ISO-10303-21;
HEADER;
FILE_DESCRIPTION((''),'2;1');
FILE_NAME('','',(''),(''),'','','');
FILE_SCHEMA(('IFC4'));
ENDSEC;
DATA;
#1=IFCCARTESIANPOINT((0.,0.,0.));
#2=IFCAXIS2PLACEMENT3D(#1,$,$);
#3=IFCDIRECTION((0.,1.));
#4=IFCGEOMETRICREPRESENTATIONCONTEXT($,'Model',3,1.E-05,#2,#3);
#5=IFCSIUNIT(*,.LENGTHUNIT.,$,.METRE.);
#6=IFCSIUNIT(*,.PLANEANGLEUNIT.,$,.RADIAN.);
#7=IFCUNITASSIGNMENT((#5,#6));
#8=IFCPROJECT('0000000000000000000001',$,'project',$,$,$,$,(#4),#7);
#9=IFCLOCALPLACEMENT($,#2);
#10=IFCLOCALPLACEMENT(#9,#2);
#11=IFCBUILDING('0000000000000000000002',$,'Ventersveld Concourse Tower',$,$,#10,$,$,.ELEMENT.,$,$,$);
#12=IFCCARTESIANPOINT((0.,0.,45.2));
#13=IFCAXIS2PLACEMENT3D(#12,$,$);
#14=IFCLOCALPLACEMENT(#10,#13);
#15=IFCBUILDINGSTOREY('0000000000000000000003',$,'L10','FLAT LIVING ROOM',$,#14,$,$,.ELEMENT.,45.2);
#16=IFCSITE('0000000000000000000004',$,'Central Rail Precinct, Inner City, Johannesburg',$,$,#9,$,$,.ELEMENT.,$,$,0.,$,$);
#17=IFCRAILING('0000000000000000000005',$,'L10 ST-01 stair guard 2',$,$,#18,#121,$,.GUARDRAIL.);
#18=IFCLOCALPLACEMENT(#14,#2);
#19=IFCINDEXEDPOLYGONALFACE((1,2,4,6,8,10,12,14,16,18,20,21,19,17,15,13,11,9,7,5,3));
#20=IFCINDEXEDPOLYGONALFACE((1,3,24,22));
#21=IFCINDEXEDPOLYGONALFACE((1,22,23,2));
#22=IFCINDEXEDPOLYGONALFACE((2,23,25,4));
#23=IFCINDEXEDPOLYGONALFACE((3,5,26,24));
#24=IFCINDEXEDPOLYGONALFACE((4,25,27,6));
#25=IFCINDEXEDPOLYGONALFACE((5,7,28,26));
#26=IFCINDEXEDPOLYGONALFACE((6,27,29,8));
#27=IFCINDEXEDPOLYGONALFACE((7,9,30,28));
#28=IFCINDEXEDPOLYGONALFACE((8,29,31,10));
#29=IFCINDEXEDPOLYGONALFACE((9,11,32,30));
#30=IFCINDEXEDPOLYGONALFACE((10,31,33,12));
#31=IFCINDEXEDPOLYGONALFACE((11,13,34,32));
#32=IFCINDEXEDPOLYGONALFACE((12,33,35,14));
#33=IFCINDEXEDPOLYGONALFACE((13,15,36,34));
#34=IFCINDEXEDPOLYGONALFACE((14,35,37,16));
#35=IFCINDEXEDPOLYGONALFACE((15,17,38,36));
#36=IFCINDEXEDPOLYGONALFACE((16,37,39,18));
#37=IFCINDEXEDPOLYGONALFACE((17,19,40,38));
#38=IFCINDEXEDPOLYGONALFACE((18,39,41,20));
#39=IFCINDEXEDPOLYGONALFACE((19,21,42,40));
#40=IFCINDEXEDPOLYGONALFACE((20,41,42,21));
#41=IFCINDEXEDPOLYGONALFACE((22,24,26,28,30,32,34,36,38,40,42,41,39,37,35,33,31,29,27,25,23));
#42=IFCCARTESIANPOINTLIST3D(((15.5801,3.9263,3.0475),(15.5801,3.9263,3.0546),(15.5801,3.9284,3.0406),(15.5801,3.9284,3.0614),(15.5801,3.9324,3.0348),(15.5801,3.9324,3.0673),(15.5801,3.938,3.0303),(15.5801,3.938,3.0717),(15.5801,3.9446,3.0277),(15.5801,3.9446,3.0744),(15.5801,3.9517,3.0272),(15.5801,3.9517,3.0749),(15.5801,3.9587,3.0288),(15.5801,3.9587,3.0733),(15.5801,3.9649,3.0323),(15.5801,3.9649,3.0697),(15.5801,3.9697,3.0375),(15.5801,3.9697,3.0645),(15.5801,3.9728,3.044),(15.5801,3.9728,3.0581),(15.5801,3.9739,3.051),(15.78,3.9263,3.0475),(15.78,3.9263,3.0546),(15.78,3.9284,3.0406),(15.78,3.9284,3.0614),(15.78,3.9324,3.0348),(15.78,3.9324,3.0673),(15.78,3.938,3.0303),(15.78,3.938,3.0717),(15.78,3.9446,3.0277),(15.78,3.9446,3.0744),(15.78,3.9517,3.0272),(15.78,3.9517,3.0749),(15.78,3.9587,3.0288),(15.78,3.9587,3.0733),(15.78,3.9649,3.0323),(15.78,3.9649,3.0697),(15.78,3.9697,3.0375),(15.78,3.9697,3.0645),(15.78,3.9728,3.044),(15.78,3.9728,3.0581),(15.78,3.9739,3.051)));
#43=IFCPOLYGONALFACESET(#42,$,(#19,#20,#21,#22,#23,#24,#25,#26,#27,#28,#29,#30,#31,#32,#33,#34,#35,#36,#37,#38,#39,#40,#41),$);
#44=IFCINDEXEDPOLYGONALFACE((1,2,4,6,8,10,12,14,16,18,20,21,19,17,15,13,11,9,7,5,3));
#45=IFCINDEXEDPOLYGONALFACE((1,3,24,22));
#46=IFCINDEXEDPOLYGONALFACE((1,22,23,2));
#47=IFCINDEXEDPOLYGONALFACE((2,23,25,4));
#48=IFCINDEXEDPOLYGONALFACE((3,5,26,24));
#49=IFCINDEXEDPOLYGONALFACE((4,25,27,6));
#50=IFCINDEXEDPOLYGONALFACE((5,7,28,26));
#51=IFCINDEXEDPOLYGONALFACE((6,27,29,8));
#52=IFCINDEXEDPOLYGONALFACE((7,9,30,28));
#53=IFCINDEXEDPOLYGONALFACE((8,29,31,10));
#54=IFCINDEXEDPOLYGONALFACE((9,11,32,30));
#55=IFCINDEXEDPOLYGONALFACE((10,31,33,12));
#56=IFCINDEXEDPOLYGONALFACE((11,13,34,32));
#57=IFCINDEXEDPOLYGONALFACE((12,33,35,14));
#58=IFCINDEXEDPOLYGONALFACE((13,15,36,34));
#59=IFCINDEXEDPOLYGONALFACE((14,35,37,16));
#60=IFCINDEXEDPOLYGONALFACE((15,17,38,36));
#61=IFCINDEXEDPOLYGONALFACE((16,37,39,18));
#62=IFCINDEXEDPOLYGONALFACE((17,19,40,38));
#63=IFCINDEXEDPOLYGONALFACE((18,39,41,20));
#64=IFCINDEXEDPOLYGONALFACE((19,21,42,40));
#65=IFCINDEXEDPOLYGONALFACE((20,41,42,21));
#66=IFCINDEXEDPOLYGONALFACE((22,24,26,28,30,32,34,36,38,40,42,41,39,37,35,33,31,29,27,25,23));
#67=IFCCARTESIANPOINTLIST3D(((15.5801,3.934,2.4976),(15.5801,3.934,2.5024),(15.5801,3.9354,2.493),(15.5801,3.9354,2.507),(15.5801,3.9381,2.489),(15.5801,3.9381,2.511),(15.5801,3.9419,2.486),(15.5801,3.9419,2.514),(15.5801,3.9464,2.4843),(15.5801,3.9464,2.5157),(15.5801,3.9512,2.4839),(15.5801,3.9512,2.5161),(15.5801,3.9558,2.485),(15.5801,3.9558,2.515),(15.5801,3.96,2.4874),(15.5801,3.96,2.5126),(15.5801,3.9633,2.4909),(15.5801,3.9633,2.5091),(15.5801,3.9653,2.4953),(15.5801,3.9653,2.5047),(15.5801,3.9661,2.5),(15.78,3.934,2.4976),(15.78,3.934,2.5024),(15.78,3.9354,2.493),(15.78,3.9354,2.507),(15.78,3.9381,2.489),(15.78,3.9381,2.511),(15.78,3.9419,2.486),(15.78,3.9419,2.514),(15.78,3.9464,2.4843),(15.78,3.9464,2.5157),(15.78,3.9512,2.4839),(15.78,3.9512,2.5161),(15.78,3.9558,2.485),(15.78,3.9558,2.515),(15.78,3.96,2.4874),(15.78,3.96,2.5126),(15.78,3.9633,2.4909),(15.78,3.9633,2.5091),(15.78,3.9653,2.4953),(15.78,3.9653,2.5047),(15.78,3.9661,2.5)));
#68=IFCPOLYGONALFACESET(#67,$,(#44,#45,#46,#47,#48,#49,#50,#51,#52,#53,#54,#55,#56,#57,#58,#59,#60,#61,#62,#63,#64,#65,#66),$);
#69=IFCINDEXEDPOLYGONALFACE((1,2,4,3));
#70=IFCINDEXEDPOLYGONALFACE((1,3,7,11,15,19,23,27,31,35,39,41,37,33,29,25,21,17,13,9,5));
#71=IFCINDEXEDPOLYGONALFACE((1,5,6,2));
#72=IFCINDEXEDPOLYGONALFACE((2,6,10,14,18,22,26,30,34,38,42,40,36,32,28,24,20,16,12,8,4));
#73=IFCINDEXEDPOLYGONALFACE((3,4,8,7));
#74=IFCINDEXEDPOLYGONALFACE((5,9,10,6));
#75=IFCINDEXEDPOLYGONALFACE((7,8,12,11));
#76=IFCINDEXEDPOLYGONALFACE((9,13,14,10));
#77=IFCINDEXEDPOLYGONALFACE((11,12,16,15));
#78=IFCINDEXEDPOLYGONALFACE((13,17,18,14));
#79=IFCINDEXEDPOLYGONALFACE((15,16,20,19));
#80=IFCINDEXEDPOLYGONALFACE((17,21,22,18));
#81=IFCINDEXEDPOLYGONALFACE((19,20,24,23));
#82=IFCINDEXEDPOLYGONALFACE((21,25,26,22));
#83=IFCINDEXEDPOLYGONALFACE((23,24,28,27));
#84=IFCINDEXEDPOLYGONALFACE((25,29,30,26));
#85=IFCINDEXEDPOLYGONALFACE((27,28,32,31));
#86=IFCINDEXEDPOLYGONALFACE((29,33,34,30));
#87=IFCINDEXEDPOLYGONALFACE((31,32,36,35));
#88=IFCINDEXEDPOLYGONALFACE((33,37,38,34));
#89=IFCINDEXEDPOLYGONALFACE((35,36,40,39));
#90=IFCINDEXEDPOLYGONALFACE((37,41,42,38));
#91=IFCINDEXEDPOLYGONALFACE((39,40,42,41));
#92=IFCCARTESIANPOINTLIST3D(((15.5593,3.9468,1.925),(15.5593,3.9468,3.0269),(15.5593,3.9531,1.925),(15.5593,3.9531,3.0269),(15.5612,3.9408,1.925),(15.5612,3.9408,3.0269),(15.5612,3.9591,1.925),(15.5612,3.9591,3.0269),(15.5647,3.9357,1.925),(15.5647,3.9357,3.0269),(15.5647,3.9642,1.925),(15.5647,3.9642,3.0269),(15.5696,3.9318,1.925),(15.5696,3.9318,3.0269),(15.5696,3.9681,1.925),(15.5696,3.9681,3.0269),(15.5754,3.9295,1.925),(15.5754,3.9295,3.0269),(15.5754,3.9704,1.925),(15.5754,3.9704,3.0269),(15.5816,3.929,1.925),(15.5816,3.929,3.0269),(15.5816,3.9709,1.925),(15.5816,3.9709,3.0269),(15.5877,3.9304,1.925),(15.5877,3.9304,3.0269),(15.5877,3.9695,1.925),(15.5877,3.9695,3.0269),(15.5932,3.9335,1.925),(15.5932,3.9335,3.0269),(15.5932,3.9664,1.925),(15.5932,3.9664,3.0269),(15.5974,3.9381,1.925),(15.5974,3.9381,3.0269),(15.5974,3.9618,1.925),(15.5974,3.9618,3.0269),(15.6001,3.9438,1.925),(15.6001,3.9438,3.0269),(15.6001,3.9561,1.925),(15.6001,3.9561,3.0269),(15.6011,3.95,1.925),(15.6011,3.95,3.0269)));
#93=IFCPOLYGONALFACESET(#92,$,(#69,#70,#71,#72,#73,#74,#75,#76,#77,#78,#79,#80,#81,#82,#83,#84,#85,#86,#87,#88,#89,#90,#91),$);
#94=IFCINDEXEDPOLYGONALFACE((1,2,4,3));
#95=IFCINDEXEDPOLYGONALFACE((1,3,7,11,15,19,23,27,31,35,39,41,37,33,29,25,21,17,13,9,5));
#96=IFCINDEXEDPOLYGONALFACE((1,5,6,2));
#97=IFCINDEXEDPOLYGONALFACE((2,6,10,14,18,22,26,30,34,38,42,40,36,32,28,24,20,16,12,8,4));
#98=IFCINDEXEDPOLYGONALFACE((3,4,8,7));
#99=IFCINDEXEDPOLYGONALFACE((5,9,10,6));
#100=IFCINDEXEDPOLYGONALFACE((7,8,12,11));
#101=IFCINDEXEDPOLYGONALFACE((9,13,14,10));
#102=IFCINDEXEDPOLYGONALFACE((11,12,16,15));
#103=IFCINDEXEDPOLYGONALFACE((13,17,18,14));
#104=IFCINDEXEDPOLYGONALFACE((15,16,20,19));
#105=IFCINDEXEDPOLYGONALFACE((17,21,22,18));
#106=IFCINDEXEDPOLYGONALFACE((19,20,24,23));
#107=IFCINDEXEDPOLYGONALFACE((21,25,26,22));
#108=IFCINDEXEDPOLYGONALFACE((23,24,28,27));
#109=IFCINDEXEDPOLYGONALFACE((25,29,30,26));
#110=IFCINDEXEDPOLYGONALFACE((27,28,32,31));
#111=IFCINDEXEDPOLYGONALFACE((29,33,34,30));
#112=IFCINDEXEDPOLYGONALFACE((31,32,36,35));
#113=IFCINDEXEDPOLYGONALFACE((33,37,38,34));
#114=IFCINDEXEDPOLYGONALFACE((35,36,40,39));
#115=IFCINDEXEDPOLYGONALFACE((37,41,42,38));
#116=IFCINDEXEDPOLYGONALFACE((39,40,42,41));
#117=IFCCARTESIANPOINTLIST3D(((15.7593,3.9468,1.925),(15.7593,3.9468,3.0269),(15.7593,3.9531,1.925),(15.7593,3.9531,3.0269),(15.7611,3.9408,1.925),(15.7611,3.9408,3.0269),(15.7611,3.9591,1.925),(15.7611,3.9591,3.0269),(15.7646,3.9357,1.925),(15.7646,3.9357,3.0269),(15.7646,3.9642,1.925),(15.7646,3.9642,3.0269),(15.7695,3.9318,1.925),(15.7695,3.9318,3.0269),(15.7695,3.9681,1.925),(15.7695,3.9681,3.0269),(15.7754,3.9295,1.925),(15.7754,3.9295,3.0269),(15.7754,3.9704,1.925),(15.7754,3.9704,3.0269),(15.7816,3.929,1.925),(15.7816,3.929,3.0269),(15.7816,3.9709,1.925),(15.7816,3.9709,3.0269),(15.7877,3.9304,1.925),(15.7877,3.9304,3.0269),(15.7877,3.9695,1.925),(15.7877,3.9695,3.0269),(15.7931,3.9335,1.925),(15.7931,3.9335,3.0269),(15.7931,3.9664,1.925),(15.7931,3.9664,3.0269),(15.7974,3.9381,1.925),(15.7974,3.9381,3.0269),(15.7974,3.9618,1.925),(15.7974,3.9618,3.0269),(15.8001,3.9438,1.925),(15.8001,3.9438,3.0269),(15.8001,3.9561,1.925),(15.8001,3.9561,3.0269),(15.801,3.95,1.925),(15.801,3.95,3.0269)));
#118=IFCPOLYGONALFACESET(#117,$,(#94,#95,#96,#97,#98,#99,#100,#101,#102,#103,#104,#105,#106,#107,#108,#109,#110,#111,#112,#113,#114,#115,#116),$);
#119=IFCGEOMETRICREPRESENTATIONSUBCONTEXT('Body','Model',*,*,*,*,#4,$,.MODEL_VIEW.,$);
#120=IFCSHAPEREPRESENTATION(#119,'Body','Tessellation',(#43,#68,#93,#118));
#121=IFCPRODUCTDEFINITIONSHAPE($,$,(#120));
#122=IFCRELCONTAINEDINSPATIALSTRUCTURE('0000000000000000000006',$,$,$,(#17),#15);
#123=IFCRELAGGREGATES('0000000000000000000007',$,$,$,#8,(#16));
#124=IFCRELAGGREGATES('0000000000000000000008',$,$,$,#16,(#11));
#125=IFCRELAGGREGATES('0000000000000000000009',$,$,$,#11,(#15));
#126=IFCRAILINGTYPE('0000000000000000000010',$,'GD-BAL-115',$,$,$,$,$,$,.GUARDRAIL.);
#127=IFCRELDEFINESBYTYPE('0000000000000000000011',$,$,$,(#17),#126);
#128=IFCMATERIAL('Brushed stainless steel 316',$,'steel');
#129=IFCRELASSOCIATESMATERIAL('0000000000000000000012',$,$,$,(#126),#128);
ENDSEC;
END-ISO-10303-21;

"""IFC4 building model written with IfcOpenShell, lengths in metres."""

from ifc_helpers import new_model, si_unit, direction, frame, origin, origin_2d, place, context, subcontext, project, spatial, circle, extrude, material, type_object, element, save


model = new_model("IFC4")

# Units and contexts
model_context = context("Model", 3, precision=1e-05, world=origin(), true_north=direction((0.0, 1.0)))
body_context = subcontext(model_context, "Body", "Model", "MODEL_VIEW")
ifc_project = project(units=[si_unit("LENGTHUNIT", "METRE"), si_unit("PLANEANGLEUNIT", "RADIAN")], contexts=[model_context])

# Site, building, storey
site_placement = place(None, origin())
site = spatial("IfcSite", under=ifc_project, at=site_placement, Name="Central Rail Precinct, Inner City, Johannesburg", CompositionType="ELEMENT", RefElevation=0.0)
building_placement = place(site_placement, origin())
building = spatial("IfcBuilding", under=site, at=building_placement, Name="Ventersveld Concourse Tower", CompositionType="ELEMENT")
storey_placement = place(building_placement, frame((0.0, 0.0, 45.2)))
storey = spatial("IfcBuildingStorey", under=building, at=storey_placement, Name="L10", Description="FLAT LIVING ROOM", CompositionType="ELEMENT", Elevation=45.2)

# Railing
ifc_material_1 = material(Name="Brushed stainless steel 316", Category="steel")
railing_type_1 = type_object("IfcRailingType", Name="GD-BAL-115", PredefinedType="GUARDRAIL", material=ifc_material_1)
railing_1_placement = place(storey_placement, frame((15.5801, 3.95, 1.925)))
element("IfcRailing", 1, at=railing_1_placement, inside=storey, type_object=railing_type_1, Name="L10 ST-01 stair guard 2", PredefinedType="GUARDRAIL", context=body_context, shape_type="SweptSolid", body=[
    extrude(circle(Radius=0.0239, at=origin_2d()), frame((0.0, 0.0, 1.126), z_axis=(1.0, 0.0, 0.0), x_axis=(0.0, 1.0, 0.0)), (0.0, 0.0, 1.0), 0.2),
    extrude(circle(Radius=0.0161, at=origin_2d()), frame((0.0, 0.0, 0.575), z_axis=(1.0, 0.0, 0.0), x_axis=(0.0, 1.0, 0.0)), (0.0, 0.0, 1.0), 0.2),
    extrude(circle(Radius=0.021, at=origin_2d()), origin(), (0.0, 0.0, 1.0), 1.1018),
    extrude(circle(Radius=0.021, at=origin_2d()), frame((0.2, 0.0, 0.0)), (0.0, 0.0, 1.0), 1.1018),
])

save(model, "model.ifc")
